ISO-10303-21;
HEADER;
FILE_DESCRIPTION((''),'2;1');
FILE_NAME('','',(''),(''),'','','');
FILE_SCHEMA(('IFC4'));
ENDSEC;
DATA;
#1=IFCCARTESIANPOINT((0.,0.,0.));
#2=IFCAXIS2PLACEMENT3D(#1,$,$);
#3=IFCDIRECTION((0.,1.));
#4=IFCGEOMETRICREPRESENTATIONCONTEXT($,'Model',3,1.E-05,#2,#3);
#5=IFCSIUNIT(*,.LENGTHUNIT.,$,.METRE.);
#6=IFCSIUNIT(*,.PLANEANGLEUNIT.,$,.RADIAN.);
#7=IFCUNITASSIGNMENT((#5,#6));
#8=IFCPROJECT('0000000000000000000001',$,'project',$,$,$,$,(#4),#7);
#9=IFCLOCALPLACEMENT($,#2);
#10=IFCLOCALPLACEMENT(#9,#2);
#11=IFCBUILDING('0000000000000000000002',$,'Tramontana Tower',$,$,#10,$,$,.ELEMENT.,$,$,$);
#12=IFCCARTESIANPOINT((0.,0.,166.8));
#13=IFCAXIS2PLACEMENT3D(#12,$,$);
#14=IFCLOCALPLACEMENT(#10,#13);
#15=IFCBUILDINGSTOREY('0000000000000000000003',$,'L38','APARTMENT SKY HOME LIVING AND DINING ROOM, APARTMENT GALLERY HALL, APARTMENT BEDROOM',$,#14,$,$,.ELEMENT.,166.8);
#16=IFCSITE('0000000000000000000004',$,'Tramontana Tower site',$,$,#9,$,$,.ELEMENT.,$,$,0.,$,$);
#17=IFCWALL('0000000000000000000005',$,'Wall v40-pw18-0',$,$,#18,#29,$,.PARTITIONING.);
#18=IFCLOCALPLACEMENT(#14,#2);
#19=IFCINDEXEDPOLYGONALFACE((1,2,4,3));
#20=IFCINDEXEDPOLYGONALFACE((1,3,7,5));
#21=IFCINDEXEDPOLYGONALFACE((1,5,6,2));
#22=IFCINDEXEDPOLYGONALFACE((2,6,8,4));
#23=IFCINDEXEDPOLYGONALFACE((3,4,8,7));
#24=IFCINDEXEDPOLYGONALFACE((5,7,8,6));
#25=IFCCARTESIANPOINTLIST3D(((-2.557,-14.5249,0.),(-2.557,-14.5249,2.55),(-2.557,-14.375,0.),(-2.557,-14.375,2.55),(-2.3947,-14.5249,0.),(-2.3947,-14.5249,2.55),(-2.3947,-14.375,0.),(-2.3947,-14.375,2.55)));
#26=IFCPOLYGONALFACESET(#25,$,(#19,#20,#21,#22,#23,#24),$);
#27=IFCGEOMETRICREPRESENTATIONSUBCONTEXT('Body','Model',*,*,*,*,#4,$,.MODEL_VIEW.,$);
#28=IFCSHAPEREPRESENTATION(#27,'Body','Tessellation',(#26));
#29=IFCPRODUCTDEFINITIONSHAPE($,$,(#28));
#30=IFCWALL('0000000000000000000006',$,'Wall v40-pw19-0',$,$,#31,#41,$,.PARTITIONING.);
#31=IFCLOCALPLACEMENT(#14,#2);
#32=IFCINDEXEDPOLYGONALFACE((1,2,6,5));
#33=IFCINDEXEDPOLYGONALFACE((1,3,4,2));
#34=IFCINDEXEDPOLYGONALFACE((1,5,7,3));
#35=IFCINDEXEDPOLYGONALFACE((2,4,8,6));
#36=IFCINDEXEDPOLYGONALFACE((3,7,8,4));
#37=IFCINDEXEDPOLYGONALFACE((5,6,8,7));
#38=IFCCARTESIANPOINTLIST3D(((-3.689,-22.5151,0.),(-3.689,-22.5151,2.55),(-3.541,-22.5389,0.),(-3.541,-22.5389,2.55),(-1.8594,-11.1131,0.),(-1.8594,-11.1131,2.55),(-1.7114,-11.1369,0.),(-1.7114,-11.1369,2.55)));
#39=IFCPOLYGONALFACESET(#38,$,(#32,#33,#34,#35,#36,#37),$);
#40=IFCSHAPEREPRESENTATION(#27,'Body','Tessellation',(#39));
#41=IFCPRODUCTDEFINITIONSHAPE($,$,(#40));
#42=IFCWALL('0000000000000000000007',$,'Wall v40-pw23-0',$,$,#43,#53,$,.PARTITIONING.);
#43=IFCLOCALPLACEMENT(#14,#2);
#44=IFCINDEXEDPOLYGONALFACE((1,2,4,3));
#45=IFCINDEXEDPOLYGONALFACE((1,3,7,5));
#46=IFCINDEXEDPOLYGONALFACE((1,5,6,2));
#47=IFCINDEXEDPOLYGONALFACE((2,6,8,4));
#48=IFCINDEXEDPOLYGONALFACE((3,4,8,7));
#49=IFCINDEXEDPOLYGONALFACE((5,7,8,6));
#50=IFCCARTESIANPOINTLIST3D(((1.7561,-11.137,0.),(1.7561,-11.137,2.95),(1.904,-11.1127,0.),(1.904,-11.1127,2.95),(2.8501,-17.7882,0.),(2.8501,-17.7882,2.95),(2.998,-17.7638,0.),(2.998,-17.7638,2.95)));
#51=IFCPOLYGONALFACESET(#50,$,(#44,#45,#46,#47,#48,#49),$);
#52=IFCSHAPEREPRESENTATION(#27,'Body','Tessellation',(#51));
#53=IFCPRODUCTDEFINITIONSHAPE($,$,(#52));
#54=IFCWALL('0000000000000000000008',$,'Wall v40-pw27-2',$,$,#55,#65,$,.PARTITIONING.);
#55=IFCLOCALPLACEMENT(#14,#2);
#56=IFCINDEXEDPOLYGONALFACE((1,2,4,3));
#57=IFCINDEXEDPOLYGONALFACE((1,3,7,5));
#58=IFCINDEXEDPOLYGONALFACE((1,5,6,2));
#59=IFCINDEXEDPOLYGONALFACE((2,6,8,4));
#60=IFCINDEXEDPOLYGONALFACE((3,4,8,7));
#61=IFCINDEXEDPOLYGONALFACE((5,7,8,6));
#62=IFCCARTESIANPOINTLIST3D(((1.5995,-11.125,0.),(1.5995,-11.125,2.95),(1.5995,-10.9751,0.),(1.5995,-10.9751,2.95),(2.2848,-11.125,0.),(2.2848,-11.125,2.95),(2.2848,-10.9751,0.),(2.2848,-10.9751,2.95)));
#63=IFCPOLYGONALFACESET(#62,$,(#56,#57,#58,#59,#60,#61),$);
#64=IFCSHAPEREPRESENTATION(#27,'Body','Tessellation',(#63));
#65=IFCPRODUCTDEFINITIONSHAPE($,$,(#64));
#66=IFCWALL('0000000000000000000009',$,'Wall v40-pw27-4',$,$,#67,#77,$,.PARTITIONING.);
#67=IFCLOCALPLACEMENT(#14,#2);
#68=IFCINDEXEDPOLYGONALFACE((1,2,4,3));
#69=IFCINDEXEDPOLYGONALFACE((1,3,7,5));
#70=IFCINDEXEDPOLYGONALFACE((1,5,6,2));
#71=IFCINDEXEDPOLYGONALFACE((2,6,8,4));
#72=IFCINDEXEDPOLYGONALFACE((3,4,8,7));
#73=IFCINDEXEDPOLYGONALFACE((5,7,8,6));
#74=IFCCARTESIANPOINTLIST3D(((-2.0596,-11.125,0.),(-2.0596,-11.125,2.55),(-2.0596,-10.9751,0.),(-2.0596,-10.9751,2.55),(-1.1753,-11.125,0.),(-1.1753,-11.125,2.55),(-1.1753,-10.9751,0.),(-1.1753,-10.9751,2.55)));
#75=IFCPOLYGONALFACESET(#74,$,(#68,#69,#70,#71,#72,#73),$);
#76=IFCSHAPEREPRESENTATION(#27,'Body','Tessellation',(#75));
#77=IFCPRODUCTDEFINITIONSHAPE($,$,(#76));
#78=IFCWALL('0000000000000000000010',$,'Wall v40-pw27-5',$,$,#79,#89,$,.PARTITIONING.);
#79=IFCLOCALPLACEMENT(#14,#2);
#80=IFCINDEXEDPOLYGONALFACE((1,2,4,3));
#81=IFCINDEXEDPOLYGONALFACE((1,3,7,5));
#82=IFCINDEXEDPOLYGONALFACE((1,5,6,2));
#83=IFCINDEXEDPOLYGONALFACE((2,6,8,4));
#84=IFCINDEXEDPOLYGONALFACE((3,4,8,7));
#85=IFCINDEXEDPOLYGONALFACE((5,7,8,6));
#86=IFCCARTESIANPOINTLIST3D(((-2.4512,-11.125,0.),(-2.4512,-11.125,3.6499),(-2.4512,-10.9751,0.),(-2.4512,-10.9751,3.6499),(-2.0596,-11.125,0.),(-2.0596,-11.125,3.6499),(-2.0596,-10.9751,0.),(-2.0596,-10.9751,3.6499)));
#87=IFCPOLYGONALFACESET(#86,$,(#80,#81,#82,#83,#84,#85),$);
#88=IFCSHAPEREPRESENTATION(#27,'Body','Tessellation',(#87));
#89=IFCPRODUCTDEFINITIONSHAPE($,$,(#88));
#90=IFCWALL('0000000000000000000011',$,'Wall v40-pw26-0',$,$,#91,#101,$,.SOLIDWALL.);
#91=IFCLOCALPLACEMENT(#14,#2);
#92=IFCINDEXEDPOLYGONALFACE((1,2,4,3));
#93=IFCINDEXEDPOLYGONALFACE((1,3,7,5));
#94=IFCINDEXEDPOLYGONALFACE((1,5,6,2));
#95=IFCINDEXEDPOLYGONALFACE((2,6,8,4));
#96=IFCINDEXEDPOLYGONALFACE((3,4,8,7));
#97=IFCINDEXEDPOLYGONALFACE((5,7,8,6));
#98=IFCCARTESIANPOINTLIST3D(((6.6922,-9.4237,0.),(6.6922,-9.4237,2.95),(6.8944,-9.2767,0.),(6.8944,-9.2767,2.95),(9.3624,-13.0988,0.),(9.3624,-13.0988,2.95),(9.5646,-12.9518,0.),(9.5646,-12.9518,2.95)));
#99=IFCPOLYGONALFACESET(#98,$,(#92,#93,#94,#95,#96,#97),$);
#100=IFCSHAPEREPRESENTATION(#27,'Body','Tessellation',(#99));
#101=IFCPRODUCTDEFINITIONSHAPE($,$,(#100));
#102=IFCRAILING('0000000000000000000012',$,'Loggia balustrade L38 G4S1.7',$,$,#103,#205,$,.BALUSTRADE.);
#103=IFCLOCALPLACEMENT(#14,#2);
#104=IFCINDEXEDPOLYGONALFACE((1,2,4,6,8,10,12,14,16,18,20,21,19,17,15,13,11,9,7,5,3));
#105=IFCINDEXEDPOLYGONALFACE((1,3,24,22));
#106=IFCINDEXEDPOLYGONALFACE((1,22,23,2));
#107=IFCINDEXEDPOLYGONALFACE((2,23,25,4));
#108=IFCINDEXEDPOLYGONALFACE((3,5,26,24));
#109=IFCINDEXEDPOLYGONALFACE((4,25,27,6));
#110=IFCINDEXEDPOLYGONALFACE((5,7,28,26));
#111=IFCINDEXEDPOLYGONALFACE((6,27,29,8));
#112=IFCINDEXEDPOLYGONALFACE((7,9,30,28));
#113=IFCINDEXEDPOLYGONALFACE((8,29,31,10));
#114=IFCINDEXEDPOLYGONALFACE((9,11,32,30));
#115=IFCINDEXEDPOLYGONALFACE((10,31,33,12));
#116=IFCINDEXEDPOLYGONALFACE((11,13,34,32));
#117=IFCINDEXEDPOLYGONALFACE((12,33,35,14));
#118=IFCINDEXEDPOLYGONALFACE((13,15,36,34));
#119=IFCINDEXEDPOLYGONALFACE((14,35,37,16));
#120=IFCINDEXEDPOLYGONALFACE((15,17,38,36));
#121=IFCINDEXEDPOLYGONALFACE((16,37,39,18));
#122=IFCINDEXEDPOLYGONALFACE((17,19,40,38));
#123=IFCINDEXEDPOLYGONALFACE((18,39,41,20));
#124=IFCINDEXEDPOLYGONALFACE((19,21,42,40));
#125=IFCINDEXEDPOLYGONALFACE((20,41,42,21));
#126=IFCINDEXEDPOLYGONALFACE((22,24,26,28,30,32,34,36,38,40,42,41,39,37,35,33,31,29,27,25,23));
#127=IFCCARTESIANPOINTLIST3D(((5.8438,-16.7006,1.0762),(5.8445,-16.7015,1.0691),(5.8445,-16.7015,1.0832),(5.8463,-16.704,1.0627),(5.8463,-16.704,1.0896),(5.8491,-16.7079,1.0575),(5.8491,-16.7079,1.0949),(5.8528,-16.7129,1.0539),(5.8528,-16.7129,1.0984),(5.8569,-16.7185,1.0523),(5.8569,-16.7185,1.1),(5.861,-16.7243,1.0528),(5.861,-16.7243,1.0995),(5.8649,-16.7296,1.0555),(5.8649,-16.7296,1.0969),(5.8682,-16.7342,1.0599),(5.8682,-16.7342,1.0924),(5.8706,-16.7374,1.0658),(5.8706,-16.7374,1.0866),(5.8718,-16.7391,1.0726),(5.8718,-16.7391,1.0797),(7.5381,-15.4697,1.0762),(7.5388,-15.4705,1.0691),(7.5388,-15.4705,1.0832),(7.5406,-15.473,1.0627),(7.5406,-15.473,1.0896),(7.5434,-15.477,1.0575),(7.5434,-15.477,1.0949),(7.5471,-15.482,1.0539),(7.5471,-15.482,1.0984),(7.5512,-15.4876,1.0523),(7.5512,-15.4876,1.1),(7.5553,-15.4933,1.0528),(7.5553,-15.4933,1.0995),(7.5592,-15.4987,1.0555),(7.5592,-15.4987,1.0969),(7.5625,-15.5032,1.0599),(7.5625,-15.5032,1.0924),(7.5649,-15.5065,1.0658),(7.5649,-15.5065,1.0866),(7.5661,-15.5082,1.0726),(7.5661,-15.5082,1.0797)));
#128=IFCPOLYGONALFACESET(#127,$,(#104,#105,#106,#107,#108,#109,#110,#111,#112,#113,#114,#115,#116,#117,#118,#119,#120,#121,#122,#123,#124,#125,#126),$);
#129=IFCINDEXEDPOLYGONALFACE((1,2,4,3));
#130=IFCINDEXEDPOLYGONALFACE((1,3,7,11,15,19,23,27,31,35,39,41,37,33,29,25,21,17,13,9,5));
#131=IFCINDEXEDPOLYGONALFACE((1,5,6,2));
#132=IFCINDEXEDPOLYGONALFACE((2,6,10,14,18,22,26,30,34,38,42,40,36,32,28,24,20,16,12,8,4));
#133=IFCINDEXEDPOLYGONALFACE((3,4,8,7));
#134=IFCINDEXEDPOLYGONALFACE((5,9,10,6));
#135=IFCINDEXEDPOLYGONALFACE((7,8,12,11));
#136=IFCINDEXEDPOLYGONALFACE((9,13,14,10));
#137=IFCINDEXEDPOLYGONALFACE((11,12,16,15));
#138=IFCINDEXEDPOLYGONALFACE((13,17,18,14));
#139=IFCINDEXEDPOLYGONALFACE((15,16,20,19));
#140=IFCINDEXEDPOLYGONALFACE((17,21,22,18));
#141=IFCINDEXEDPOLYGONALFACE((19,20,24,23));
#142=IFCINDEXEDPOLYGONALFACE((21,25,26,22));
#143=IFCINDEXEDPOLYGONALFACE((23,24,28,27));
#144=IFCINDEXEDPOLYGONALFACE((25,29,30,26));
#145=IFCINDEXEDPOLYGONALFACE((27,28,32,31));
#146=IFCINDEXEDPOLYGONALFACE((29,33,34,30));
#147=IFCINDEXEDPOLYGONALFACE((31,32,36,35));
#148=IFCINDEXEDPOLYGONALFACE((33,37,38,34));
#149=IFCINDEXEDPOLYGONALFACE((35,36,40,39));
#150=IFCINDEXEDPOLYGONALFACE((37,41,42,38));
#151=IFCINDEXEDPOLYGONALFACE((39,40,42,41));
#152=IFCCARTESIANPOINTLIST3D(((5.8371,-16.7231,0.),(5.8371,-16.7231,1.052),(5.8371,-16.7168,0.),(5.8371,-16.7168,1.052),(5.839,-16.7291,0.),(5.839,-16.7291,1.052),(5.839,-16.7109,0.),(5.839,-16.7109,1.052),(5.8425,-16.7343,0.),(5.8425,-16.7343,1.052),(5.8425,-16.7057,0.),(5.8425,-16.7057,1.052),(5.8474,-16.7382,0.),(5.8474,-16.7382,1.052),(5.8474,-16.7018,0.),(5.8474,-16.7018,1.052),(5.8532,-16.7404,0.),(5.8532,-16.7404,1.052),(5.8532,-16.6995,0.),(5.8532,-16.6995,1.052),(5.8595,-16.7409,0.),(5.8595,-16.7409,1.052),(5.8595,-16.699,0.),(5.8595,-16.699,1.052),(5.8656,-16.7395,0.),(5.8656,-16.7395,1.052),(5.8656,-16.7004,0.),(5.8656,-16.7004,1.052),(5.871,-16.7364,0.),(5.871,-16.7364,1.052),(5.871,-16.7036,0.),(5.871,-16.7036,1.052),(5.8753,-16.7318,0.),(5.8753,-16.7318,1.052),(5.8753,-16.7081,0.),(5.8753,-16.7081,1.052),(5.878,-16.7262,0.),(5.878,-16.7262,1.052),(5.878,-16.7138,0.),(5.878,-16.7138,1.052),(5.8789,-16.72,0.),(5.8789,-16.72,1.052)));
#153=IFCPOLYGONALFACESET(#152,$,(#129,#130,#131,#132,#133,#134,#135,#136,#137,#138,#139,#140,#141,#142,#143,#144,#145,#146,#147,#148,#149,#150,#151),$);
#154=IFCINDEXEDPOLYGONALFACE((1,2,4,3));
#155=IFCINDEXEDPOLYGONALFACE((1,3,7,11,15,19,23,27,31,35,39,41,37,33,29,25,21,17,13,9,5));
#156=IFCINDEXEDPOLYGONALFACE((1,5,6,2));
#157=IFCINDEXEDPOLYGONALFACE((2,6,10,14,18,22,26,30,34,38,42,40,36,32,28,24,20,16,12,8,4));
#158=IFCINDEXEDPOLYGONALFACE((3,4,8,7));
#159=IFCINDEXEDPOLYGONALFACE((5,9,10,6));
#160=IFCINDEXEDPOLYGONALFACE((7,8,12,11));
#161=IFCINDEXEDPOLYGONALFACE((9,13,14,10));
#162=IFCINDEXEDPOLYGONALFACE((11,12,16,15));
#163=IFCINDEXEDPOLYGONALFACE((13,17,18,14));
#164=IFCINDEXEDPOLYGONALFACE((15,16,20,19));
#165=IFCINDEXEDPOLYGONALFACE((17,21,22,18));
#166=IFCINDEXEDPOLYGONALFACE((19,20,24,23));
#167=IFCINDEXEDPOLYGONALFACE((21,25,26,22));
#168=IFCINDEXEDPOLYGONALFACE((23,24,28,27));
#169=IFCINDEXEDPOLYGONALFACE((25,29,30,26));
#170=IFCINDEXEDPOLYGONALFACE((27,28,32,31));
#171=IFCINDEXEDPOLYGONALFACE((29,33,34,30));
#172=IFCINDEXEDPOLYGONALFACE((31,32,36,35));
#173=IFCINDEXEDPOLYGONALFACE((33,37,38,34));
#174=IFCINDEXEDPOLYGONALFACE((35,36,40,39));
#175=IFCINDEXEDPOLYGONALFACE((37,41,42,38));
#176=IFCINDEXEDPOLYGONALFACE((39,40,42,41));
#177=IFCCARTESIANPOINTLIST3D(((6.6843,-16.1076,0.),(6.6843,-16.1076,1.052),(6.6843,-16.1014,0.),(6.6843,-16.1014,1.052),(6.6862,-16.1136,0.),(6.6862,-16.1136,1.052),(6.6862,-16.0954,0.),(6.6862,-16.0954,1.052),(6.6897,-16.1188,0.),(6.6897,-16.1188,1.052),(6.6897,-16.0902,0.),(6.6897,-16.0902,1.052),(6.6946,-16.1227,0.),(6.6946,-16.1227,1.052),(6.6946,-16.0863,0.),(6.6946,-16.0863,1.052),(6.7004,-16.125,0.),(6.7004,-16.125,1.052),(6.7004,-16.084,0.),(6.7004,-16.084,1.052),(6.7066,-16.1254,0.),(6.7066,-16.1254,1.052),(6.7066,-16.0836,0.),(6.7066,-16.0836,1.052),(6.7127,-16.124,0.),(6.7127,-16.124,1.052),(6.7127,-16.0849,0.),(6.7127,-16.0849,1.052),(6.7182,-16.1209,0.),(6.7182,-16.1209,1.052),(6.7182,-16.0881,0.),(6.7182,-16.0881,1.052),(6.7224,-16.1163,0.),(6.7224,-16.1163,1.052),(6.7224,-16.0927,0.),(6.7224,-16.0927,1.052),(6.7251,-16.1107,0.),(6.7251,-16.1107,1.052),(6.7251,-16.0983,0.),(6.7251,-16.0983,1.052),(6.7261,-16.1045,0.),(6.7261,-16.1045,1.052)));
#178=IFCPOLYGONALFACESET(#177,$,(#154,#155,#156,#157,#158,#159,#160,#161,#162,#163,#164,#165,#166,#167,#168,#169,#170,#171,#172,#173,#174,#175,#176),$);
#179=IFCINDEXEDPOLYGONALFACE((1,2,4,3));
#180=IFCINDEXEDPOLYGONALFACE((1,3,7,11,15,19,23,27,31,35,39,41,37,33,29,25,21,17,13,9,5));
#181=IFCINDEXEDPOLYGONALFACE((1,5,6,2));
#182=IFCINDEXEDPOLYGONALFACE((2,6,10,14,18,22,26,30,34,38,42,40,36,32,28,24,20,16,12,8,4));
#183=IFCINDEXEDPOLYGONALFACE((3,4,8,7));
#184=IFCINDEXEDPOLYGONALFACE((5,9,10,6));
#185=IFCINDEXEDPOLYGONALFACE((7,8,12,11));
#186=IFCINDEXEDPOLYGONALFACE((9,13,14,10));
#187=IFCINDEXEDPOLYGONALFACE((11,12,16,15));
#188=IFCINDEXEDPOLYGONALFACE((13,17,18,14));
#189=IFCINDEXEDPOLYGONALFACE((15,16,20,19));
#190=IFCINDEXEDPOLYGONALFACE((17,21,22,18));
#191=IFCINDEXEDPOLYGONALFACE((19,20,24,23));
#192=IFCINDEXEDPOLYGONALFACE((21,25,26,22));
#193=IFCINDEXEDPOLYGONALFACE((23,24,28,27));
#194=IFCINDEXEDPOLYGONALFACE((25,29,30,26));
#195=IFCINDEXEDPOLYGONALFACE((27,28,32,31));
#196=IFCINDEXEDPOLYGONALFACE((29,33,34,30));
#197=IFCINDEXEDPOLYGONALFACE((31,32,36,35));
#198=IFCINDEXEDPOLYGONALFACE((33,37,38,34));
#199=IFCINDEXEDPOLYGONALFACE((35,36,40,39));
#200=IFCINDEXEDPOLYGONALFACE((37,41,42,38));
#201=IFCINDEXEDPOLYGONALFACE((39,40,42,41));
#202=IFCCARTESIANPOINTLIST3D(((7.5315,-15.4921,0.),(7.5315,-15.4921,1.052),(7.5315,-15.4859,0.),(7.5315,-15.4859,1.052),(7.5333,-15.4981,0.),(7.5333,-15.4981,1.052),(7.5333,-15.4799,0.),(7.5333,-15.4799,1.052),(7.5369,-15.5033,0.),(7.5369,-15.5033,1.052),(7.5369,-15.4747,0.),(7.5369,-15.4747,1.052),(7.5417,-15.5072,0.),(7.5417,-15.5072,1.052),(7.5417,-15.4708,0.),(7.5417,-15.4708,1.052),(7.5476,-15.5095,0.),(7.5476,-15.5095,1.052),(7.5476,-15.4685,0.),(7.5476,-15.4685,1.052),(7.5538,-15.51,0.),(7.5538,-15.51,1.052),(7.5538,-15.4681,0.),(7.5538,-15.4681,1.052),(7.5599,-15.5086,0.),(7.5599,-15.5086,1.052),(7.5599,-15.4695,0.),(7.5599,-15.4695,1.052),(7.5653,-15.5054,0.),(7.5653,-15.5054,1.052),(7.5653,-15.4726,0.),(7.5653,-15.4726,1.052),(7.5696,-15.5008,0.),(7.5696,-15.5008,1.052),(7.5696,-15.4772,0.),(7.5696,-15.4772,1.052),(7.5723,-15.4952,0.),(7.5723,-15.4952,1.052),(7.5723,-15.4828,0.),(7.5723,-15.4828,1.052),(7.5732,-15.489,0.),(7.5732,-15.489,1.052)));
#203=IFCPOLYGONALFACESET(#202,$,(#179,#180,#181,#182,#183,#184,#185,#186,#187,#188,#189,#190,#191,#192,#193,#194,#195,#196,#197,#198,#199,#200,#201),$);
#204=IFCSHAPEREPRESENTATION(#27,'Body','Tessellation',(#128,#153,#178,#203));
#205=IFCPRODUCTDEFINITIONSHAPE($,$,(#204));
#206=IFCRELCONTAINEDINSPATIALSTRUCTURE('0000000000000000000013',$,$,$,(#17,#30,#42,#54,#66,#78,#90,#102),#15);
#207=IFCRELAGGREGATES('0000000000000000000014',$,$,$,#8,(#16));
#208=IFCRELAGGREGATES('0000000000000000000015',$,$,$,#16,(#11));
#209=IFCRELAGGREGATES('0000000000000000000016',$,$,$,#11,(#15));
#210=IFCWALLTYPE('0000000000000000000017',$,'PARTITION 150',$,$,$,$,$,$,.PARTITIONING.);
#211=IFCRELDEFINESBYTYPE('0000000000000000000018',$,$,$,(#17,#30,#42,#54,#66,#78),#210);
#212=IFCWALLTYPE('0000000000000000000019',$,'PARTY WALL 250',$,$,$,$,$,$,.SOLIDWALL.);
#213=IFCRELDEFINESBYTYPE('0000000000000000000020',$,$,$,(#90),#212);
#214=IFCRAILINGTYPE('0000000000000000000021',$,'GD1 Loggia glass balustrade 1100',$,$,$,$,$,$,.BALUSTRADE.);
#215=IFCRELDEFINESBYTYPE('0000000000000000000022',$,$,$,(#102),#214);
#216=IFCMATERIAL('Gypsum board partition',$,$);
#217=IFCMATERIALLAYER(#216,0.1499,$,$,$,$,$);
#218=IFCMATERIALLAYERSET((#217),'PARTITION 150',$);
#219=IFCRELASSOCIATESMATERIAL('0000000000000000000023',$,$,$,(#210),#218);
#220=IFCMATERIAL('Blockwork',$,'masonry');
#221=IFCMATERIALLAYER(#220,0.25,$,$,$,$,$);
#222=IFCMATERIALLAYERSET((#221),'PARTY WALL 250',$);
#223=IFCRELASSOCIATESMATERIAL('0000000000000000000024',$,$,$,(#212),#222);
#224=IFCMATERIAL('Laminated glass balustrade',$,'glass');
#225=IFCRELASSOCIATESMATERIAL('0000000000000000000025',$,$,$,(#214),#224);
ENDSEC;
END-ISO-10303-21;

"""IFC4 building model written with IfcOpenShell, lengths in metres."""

from ifc_helpers import new_model, si_unit, direction, frame, frame_2d, origin, origin_2d, place, context, subcontext, project, spatial, rectangle, circle, extrude, material, layer, layer_set, type_object, element, save


model = new_model("IFC4")

# Units and contexts
model_context = context("Model", 3, precision=1e-05, world=origin(), true_north=direction((0.0, 1.0)))
body_context = subcontext(model_context, "Body", "Model", "MODEL_VIEW")
ifc_project = project(units=[si_unit("LENGTHUNIT", "METRE"), si_unit("PLANEANGLEUNIT", "RADIAN")], contexts=[model_context])

# Site, building, storey
site_placement = place(None, origin())
site = spatial("IfcSite", under=ifc_project, at=site_placement, Name="Tramontana Tower site", CompositionType="ELEMENT", RefElevation=0.0)
building_placement = place(site_placement, origin())
building = spatial("IfcBuilding", under=site, at=building_placement, Name="Tramontana Tower", CompositionType="ELEMENT")
storey_placement = place(building_placement, frame((0.0, 0.0, 166.8)))
storey = spatial("IfcBuildingStorey", under=building, at=storey_placement, Name="L38", Description="APARTMENT SKY HOME LIVING AND DINING ROOM, APARTMENT GALLERY HALL, APARTMENT BEDROOM", CompositionType="ELEMENT", Elevation=166.8)

# Shared definitions
ifc_material_1 = material(Name="Gypsum board partition")
ifc_layer_1 = layer(ifc_material_1, 0.1499)
ifc_layer_set_1 = layer_set([ifc_layer_1], Name="PARTITION 150")
wall_type_1 = type_object("IfcWallType", Name="PARTITION 150", PredefinedType="PARTITIONING", material=ifc_layer_set_1)

# Walls
wall_1_placement = place(storey_placement, frame((-2.3948, -14.45, 0.0), z_axis=(0.0, 0.0, 1.0), x_axis=(-1.0, 0.0, 0.0)))
element("IfcWall", 1, at=wall_1_placement, inside=storey, type_object=wall_type_1, Name="Wall v40-pw18-0", PredefinedType="PARTITIONING", context=body_context, shape_type="SweptSolid", body=[
    extrude(rectangle(XDim=0.1624, YDim=0.1499, at=frame_2d((0.0811, 0.0))), origin(), (0.0, 0.0, 1.0), 2.55),
])
wall_2_placement = place(storey_placement, frame((-1.7854, -11.125, 0.0), z_axis=(0.0, 0.0, 1.0), x_axis=(-0.158434, -0.98737, 0.0)))
element("IfcWall", 2, at=wall_2_placement, inside=storey, type_object=wall_type_1, Name="Wall v40-pw19-0", PredefinedType="PARTITIONING", context=body_context, shape_type="SweptSolid", body=[
    extrude(rectangle(XDim=11.5479, YDim=0.1499, at=frame_2d((5.7739, 0.0))), origin(), (0.0, 0.0, 1.0), 2.55),
])
wall_3_placement = place(storey_placement, frame((1.8301, -11.125, 0.0), z_axis=(0.0, 0.0, 1.0), x_axis=(0.162302, -0.986741, 0.0)))
element("IfcWall", 3, at=wall_3_placement, inside=storey, type_object=wall_type_1, Name="Wall v40-pw23-0", PredefinedType="PARTITIONING", context=body_context, shape_type="SweptSolid", body=[
    extrude(rectangle(XDim=6.7405, YDim=0.1499, at=frame_2d((3.3701, 0.0))), origin(), (0.0, 0.0, 1.0), 2.95),
])
wall_4_placement = place(storey_placement, frame((2.2849, -11.05, 0.0), z_axis=(0.0, 0.0, 1.0), x_axis=(-1.0, 0.0, 0.0)))
element("IfcWall", 4, at=wall_4_placement, inside=storey, type_object=wall_type_1, Name="Wall v40-pw27-2", PredefinedType="PARTITIONING", context=body_context, shape_type="SweptSolid", body=[
    extrude(rectangle(XDim=0.6853, YDim=0.1499, at=frame_2d((0.3428, 0.0))), origin(), (0.0, 0.0, 1.0), 2.95),
])

# Walls
wall_5_placement = place(storey_placement, frame((-1.1753, -11.05, 0.0), z_axis=(0.0, 0.0, 1.0), x_axis=(-1.0, 0.0, 0.0)))
element("IfcWall", 5, at=wall_5_placement, inside=storey, type_object=wall_type_1, Name="Wall v40-pw27-4", PredefinedType="PARTITIONING", context=body_context, shape_type="SweptSolid", body=[
    extrude(rectangle(XDim=0.8843, YDim=0.1499, at=frame_2d((0.4421, 0.0))), origin(), (0.0, 0.0, 1.0), 2.55),
])
wall_6_placement = place(storey_placement, frame((-2.0596, -11.05, 0.0), z_axis=(0.0, 0.0, 1.0), x_axis=(-1.0, 0.0, 0.0)))
element("IfcWall", 6, at=wall_6_placement, inside=storey, type_object=wall_type_1, Name="Wall v40-pw27-5", PredefinedType="PARTITIONING", context=body_context, shape_type="SweptSolid", body=[
    extrude(rectangle(XDim=0.3916, YDim=0.1499, at=frame_2d((0.1958, 0.0))), origin(), (0.0, 0.0, 1.0), 3.6499),
])
ifc_material_2 = material(Name="Blockwork", Category="masonry")
ifc_layer_2 = layer(ifc_material_2, 0.25)
ifc_layer_set_2 = layer_set([ifc_layer_2], Name="PARTY WALL 250")
wall_type_2 = type_object("IfcWallType", Name="PARTY WALL 250", PredefinedType="SOLIDWALL", material=ifc_layer_set_2)
wall_7_placement = place(storey_placement, frame((6.7932, -9.3501, 0.0), z_axis=(0.0, 0.0, 1.0), x_axis=(0.587798, -0.809008, 0.0)))
element("IfcWall", 7, at=wall_7_placement, inside=storey, type_object=wall_type_2, Name="Wall v40-pw26-0", PredefinedType="SOLIDWALL", context=body_context, shape_type="SweptSolid", body=[
    extrude(rectangle(XDim=4.5427, YDim=0.25, at=frame_2d((2.2715, 0.0))), origin(), (0.0, 0.0, 1.0), 2.95),
])

# Railing
ifc_material_3 = material(Name="Laminated glass balustrade", Category="glass")
railing_type = type_object("IfcRailingType", Name="GD1 Loggia glass balustrade 1100", PredefinedType="BALUSTRADE", material=ifc_material_3)
railing_placement = place(storey_placement, frame((5.8579, -16.72, 0.0)))
element("IfcRailing", 8, at=railing_placement, inside=storey, type_object=railing_type, Name="Loggia balustrade L38 G4S1.7", PredefinedType="BALUSTRADE", context=body_context, shape_type="SweptSolid", body=[
    extrude(circle(Radius=0.0239, at=origin_2d()), frame((0.0, 0.0, 1.0762), z_axis=(0.809028, 0.58777, 0.0), x_axis=(-0.58777, 0.809028, 0.0)), (0.0, 0.0, 1.0), 2.0942),
    extrude(circle(Radius=0.021, at=origin_2d()), origin(), (0.0, 0.0, 1.0), 1.052),
    extrude(circle(Radius=0.021, at=origin_2d()), frame((0.8472, 0.6155, 0.0)), (0.0, 0.0, 1.0), 1.052),
    extrude(circle(Radius=0.021, at=origin_2d()), frame((1.6943, 1.231, 0.0)), (0.0, 0.0, 1.0), 1.052),
])

save(model, "model.ifc")
